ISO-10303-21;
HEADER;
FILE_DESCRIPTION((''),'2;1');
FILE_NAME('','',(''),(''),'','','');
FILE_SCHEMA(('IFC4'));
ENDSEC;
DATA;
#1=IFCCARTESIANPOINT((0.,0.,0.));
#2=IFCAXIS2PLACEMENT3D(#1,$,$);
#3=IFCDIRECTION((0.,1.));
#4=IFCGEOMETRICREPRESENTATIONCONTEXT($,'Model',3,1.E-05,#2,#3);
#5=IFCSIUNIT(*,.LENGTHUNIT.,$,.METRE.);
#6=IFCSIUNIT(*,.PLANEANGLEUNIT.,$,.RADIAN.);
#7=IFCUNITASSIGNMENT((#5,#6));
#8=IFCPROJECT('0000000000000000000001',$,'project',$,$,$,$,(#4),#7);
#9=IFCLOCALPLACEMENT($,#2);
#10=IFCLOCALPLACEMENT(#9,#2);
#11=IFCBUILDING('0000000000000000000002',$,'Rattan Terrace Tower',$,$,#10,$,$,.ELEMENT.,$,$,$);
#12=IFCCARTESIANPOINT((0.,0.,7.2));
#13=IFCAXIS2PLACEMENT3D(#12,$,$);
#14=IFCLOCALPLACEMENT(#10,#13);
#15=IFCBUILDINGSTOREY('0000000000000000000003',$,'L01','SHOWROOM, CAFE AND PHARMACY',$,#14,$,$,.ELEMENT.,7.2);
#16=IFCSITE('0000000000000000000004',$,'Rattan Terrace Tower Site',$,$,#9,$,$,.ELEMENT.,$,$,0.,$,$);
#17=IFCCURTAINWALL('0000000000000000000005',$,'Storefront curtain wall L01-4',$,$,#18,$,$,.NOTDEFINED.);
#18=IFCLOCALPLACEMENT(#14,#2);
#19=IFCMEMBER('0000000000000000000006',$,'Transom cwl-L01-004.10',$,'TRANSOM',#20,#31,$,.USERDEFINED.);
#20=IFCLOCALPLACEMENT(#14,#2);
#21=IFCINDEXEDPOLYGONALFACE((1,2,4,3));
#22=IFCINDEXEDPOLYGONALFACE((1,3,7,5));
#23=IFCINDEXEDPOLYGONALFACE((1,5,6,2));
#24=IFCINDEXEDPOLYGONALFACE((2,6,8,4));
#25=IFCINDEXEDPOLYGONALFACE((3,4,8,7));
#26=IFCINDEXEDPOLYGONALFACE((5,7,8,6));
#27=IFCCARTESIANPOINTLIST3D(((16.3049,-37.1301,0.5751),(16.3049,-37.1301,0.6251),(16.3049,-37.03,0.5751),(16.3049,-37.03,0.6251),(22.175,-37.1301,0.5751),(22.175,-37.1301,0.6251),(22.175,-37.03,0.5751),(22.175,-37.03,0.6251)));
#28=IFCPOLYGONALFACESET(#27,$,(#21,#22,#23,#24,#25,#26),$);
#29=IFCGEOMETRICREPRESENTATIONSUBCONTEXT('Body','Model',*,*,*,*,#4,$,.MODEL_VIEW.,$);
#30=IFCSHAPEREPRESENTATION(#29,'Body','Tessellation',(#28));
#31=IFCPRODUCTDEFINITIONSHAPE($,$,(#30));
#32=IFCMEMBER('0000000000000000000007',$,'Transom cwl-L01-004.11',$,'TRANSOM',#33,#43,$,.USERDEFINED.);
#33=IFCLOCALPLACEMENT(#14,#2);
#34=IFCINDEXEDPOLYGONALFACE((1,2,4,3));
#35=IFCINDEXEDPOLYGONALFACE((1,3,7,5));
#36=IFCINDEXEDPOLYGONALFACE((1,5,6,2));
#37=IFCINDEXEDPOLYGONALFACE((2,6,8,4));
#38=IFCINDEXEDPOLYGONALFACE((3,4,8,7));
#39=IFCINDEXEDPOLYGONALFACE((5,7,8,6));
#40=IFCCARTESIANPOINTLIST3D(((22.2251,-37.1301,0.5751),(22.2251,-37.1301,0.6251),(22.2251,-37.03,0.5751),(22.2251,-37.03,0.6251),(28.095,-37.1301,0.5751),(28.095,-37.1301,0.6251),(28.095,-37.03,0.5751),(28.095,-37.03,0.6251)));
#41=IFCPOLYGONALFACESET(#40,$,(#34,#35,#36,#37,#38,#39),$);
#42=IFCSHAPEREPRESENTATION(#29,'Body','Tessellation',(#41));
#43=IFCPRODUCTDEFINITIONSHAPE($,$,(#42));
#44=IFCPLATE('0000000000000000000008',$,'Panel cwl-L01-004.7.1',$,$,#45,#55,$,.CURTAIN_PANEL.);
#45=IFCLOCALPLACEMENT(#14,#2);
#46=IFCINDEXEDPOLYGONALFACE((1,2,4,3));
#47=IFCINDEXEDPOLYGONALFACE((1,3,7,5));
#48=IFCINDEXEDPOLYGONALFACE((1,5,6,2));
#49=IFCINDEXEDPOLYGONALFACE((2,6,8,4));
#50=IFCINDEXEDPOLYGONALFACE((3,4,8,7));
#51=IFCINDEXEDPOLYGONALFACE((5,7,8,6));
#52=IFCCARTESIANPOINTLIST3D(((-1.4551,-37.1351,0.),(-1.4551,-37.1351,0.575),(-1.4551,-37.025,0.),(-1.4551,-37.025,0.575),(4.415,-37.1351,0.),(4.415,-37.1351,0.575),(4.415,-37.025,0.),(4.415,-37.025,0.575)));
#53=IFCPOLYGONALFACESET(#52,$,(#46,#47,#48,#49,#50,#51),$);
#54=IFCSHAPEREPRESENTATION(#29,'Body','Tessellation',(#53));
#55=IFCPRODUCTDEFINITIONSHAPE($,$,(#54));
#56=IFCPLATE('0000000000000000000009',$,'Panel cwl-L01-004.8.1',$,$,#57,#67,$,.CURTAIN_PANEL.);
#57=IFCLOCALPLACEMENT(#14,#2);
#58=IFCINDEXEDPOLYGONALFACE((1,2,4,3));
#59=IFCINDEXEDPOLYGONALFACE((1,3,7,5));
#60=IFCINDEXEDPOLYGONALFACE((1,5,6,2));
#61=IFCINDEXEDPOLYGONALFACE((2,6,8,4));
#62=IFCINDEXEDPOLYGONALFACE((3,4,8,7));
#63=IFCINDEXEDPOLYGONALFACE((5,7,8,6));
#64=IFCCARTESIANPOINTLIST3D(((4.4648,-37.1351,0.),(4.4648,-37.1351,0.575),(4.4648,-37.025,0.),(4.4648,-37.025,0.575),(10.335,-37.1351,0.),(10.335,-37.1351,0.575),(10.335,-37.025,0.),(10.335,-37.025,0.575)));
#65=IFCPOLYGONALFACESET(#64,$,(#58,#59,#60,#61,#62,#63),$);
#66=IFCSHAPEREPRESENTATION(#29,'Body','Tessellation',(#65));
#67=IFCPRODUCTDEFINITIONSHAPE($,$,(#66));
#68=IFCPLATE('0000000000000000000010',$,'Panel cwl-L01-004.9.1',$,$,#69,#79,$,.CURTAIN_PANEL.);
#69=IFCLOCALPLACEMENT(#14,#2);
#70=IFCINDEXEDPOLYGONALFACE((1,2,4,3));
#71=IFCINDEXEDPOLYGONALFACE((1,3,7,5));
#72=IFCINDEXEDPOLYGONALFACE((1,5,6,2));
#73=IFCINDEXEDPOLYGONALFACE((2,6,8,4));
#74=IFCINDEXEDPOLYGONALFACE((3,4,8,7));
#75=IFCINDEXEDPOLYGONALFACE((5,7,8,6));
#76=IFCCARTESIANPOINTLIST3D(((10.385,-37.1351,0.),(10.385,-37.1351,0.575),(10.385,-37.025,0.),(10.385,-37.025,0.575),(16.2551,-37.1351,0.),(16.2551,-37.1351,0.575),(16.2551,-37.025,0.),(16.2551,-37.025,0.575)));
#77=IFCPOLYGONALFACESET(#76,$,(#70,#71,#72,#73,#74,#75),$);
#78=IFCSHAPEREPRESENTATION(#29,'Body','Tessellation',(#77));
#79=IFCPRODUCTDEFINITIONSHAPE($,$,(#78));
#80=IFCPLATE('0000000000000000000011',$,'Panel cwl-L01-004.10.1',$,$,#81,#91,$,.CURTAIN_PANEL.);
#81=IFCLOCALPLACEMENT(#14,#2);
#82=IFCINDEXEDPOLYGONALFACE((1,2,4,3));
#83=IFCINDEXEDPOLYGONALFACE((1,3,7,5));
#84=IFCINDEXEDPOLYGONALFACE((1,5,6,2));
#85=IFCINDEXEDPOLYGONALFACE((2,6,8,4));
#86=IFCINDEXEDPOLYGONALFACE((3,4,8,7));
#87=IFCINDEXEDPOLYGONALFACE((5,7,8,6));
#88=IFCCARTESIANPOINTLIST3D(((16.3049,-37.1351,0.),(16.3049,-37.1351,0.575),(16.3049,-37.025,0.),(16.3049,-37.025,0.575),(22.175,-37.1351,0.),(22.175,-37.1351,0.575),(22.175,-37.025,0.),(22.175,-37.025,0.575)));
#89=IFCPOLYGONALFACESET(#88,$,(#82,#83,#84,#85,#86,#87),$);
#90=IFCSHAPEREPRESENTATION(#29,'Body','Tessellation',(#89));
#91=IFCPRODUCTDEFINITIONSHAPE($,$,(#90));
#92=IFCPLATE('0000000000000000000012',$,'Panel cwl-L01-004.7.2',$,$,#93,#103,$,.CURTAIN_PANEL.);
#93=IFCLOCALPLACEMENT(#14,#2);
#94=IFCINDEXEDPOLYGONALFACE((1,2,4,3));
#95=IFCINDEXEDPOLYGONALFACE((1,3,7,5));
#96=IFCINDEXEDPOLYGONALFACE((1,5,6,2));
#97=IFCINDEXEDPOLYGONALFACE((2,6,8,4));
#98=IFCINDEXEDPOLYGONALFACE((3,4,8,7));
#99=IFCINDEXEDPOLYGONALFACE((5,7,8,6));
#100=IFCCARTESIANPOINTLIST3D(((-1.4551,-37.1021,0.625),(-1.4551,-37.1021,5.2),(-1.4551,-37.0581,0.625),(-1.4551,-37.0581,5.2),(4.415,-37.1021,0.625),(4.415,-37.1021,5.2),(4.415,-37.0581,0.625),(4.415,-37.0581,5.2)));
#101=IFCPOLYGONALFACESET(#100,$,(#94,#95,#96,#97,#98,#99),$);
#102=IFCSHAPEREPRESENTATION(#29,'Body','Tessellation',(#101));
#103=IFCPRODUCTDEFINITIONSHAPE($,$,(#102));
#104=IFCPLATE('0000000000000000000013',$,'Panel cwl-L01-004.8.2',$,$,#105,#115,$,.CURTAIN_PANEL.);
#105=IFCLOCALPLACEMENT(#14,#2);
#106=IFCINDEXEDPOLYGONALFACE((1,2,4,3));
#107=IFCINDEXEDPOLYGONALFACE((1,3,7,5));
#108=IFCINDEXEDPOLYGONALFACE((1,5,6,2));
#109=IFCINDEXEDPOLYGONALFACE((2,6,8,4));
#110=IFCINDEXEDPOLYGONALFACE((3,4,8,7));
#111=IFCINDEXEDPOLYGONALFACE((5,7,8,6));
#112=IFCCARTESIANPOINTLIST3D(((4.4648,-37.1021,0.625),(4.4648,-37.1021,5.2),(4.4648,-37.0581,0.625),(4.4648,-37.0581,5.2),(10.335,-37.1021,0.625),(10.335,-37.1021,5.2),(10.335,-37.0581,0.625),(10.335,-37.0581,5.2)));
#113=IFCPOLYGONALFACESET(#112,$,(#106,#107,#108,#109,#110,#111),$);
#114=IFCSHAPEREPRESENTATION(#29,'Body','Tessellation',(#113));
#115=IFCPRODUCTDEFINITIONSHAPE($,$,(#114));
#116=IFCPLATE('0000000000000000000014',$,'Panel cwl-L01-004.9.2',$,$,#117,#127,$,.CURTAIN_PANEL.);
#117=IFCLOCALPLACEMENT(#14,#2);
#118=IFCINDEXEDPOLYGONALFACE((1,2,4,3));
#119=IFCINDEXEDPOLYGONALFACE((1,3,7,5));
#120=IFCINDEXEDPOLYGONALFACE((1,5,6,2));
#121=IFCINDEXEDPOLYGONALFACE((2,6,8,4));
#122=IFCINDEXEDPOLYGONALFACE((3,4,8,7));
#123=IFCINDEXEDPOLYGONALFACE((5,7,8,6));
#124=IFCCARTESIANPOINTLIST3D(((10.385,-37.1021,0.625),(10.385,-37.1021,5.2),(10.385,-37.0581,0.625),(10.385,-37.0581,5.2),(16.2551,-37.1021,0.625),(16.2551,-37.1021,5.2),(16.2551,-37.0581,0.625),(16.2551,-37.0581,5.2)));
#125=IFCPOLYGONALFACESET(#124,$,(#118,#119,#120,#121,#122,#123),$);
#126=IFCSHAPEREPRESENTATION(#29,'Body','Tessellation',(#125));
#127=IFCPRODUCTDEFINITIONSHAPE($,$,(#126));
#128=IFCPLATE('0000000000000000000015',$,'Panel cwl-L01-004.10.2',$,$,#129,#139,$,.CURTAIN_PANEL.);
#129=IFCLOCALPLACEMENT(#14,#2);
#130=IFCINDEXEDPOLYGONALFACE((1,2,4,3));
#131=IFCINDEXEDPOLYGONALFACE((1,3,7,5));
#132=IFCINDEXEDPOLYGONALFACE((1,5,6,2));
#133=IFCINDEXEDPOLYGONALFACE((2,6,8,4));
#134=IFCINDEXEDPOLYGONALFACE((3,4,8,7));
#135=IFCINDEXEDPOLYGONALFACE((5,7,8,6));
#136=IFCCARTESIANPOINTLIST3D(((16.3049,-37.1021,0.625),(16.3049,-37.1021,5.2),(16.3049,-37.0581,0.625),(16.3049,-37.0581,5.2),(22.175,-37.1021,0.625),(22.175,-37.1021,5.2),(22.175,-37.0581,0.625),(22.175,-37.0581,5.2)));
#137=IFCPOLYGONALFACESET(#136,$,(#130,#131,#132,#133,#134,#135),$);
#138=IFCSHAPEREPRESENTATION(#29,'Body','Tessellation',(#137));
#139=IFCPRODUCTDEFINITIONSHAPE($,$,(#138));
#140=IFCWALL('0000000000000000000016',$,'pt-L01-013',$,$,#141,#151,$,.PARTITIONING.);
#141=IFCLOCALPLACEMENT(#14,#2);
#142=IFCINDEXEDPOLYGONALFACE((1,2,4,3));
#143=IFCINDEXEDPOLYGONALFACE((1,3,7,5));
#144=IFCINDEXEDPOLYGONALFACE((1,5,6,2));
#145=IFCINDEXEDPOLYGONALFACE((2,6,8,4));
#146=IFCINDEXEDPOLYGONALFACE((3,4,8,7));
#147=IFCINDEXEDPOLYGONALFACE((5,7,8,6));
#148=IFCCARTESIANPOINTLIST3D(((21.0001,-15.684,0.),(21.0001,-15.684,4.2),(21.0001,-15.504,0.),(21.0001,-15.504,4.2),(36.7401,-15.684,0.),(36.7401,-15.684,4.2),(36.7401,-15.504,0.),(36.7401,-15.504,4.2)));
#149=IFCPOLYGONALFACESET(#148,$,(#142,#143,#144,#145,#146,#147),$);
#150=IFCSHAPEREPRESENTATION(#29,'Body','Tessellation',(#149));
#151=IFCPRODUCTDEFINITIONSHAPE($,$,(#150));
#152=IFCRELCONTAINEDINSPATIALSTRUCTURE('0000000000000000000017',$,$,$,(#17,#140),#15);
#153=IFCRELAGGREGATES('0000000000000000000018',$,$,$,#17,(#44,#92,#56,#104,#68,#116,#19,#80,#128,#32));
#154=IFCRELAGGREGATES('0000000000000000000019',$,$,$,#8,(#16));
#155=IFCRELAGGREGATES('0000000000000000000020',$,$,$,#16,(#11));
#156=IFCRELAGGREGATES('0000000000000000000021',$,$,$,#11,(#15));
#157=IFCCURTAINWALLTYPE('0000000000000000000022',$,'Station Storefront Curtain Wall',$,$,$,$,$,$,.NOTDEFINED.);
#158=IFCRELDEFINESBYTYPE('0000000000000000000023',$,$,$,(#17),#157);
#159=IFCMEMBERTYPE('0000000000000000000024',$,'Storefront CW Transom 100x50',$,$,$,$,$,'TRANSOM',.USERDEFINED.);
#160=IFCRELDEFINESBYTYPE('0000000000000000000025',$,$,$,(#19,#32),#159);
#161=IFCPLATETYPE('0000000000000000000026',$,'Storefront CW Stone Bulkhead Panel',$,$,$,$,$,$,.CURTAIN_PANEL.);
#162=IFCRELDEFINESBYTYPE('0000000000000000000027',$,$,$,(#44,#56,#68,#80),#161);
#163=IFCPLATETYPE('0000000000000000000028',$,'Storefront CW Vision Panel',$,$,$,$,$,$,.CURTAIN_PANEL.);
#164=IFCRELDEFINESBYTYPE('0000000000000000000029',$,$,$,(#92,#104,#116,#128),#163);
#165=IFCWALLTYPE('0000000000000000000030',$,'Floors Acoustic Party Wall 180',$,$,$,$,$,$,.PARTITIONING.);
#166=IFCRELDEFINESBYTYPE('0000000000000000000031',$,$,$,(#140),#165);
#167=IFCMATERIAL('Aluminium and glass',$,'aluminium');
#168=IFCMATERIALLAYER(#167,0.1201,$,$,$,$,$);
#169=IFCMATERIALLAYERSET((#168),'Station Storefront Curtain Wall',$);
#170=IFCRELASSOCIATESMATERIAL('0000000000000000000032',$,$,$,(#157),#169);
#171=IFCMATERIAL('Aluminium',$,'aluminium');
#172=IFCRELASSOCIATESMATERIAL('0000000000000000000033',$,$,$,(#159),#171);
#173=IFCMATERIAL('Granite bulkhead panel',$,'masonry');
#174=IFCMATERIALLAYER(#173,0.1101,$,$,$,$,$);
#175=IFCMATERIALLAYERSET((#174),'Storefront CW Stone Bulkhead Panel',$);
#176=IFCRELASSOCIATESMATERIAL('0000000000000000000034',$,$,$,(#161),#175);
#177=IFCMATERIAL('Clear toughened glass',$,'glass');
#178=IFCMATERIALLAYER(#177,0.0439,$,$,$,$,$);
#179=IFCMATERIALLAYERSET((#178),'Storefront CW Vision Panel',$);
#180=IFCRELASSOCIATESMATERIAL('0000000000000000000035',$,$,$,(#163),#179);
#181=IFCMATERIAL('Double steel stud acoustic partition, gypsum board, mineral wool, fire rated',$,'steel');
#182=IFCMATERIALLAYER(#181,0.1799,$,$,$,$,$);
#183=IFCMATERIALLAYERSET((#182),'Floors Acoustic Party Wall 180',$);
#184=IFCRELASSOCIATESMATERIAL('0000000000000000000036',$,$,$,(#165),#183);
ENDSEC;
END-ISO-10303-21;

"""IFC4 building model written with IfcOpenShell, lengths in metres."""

from ifc_helpers import new_model, si_unit, direction, frame, frame_2d, origin, origin_2d, place, context, subcontext, project, spatial, rectangle, extrude, material, layer, layer_set, material_profile, profile_set, type_object, element, aggregate, save


model = new_model("IFC4")

# Units and contexts
model_context = context("Model", 3, precision=1e-05, world=origin(), true_north=direction((0.0, 1.0)))
body_context = subcontext(model_context, "Body", "Model", "MODEL_VIEW")
ifc_project = project(units=[si_unit("LENGTHUNIT", "METRE"), si_unit("PLANEANGLEUNIT", "RADIAN")], contexts=[model_context])

# Site, building, storey
site_placement = place(None, origin())
site = spatial("IfcSite", under=ifc_project, at=site_placement, Name="Rattan Terrace Tower Site", CompositionType="ELEMENT", RefElevation=0.0)
building_placement = place(site_placement, origin())
building = spatial("IfcBuilding", under=site, at=building_placement, Name="Rattan Terrace Tower", CompositionType="ELEMENT")
storey_placement = place(building_placement, frame((0.0, 0.0, 7.2)))
storey = spatial("IfcBuildingStorey", under=building, at=storey_placement, Name="L01", Description="SHOWROOM, CAFE AND PHARMACY", CompositionType="ELEMENT", Elevation=7.2)

# Curtain wall, members, plates
ifc_material_1 = material(Name="Aluminium and glass", Category="aluminium")
ifc_layer_1 = layer(ifc_material_1, 0.1201)
ifc_layer_set_1 = layer_set([ifc_layer_1], Name="Station Storefront Curtain Wall")
curtain_wall_type = type_object("IfcCurtainWallType", Name="Station Storefront Curtain Wall", PredefinedType="NOTDEFINED", material=ifc_layer_set_1)
curtain_wall_placement = place(storey_placement, origin())
curtain_wall = element("IfcCurtainWall", 1, at=curtain_wall_placement, inside=storey, type_object=curtain_wall_type, Name="Storefront curtain wall L01-4", PredefinedType="NOTDEFINED")
ifc_material_2 = material(Name="Aluminium", Category="aluminium")
ifc_material_profile_1 = material_profile(ifc_material_2, rectangle(XDim=0.1001, YDim=0.05, at=origin_2d()), Name="Aluminium 100x50")
ifc_profile_set_1 = profile_set([ifc_material_profile_1], Name="Aluminium")
member_type_1 = type_object("IfcMemberType", Name="Storefront CW Transom 100x50", ElementType="TRANSOM", PredefinedType="USERDEFINED", material=ifc_profile_set_1)
member_1_placement = place(storey_placement, frame((16.3049, -37.0801, 0.6001), z_axis=(1.0, 0.0, 0.0), x_axis=(0.0, 1.0, 0.0)))
member_1 = element("IfcMember", 2, at=member_1_placement, type_object=member_type_1, Name="Transom cwl-L01-004.10", ObjectType="TRANSOM", PredefinedType="USERDEFINED", context=body_context, shape_type="SweptSolid", body=[
    extrude(rectangle(XDim=0.1001, YDim=0.05, at=origin_2d()), origin(), (0.0, 0.0, 1.0), 5.8701),
])
member_2_placement = place(storey_placement, frame((22.2251, -37.0801, 0.6001), z_axis=(1.0, 0.0, 0.0), x_axis=(0.0, 1.0, 0.0)))
member_2 = element("IfcMember", 3, at=member_2_placement, type_object=member_type_1, Name="Transom cwl-L01-004.11", ObjectType="TRANSOM", PredefinedType="USERDEFINED", context=body_context, shape_type="SweptSolid", body=[
    extrude(rectangle(XDim=0.1001, YDim=0.05, at=origin_2d()), origin(), (0.0, 0.0, 1.0), 5.8699),
])
ifc_material_3 = material(Name="Granite bulkhead panel", Category="masonry")
ifc_layer_2 = layer(ifc_material_3, 0.1101)
ifc_layer_set_2 = layer_set([ifc_layer_2], Name="Storefront CW Stone Bulkhead Panel")
plate_type_1 = type_object("IfcPlateType", Name="Storefront CW Stone Bulkhead Panel", PredefinedType="CURTAIN_PANEL", material=ifc_layer_set_2)
plate_1_placement = place(storey_placement, frame((1.48, -37.0801, 0.0), z_axis=(0.0, 0.0, 1.0), x_axis=(1.0, 0.0, 0.0)))
plate_1 = element("IfcPlate", 4, at=plate_1_placement, type_object=plate_type_1, Name="Panel cwl-L01-004.7.1", PredefinedType="CURTAIN_PANEL", context=body_context, shape_type="SweptSolid", body=[
    extrude(rectangle(XDim=5.8701, YDim=0.1101, at=origin_2d()), origin(), (0.0, 0.0, 1.0), 0.575),
])
plate_2_placement = place(storey_placement, frame((7.3999, -37.0801, 0.0), z_axis=(0.0, 0.0, 1.0), x_axis=(1.0, 0.0, 0.0)))
plate_2 = element("IfcPlate", 5, at=plate_2_placement, type_object=plate_type_1, Name="Panel cwl-L01-004.8.1", PredefinedType="CURTAIN_PANEL", context=body_context, shape_type="SweptSolid", body=[
    extrude(rectangle(XDim=5.8701, YDim=0.1101, at=origin_2d()), origin(), (0.0, 0.0, 1.0), 0.575),
])
plate_3_placement = place(storey_placement, frame((13.3201, -37.0801, 0.0), z_axis=(0.0, 0.0, 1.0), x_axis=(1.0, 0.0, 0.0)))
plate_3 = element("IfcPlate", 6, at=plate_3_placement, type_object=plate_type_1, Name="Panel cwl-L01-004.9.1", PredefinedType="CURTAIN_PANEL", context=body_context, shape_type="SweptSolid", body=[
    extrude(rectangle(XDim=5.8701, YDim=0.1101, at=origin_2d()), origin(), (0.0, 0.0, 1.0), 0.575),
])
plate_4_placement = place(storey_placement, frame((19.24, -37.0801, 0.0), z_axis=(0.0, 0.0, 1.0), x_axis=(1.0, 0.0, 0.0)))
plate_4 = element("IfcPlate", 7, at=plate_4_placement, type_object=plate_type_1, Name="Panel cwl-L01-004.10.1", PredefinedType="CURTAIN_PANEL", context=body_context, shape_type="SweptSolid", body=[
    extrude(rectangle(XDim=5.8701, YDim=0.1101, at=origin_2d()), origin(), (0.0, 0.0, 1.0), 0.575),
])
ifc_material_4 = material(Name="Clear toughened glass", Category="glass")
ifc_layer_3 = layer(ifc_material_4, 0.0439)
ifc_layer_set_3 = layer_set([ifc_layer_3], Name="Storefront CW Vision Panel")
plate_type_2 = type_object("IfcPlateType", Name="Storefront CW Vision Panel", PredefinedType="CURTAIN_PANEL", material=ifc_layer_set_3)
plate_5_placement = place(storey_placement, frame((1.48, -37.0801, 0.625), z_axis=(0.0, 0.0, 1.0), x_axis=(1.0, 0.0, 0.0)))
plate_5 = element("IfcPlate", 8, at=plate_5_placement, type_object=plate_type_2, Name="Panel cwl-L01-004.7.2", PredefinedType="CURTAIN_PANEL", context=body_context, shape_type="SweptSolid", body=[
    extrude(rectangle(XDim=5.8701, YDim=0.0439, at=origin_2d()), origin(), (0.0, 0.0, 1.0), 4.575),
])
plate_6_placement = place(storey_placement, frame((7.3999, -37.0801, 0.625), z_axis=(0.0, 0.0, 1.0), x_axis=(1.0, 0.0, 0.0)))
plate_6 = element("IfcPlate", 9, at=plate_6_placement, type_object=plate_type_2, Name="Panel cwl-L01-004.8.2", PredefinedType="CURTAIN_PANEL", context=body_context, shape_type="SweptSolid", body=[
    extrude(rectangle(XDim=5.8701, YDim=0.0439, at=origin_2d()), origin(), (0.0, 0.0, 1.0), 4.575),
])
plate_7_placement = place(storey_placement, frame((13.3201, -37.0801, 0.625), z_axis=(0.0, 0.0, 1.0), x_axis=(1.0, 0.0, 0.0)))
plate_7 = element("IfcPlate", 10, at=plate_7_placement, type_object=plate_type_2, Name="Panel cwl-L01-004.9.2", PredefinedType="CURTAIN_PANEL", context=body_context, shape_type="SweptSolid", body=[
    extrude(rectangle(XDim=5.8701, YDim=0.0439, at=origin_2d()), origin(), (0.0, 0.0, 1.0), 4.575),
])
plate_8_placement = place(storey_placement, frame((19.24, -37.0801, 0.625), z_axis=(0.0, 0.0, 1.0), x_axis=(1.0, 0.0, 0.0)))
plate_8 = element("IfcPlate", 11, at=plate_8_placement, type_object=plate_type_2, Name="Panel cwl-L01-004.10.2", PredefinedType="CURTAIN_PANEL", context=body_context, shape_type="SweptSolid", body=[
    extrude(rectangle(XDim=5.8701, YDim=0.0439, at=origin_2d()), origin(), (0.0, 0.0, 1.0), 4.575),
])
aggregate(curtain_wall, [plate_1, plate_5, plate_2, plate_6, plate_3, plate_7, member_1, plate_4, plate_8, member_2])

# Wall
ifc_material_5 = material(Name="Double steel stud acoustic partition, gypsum board, mineral wool, fire rated", Category="steel")
ifc_layer_4 = layer(ifc_material_5, 0.1799)
ifc_layer_set_4 = layer_set([ifc_layer_4], Name="Floors Acoustic Party Wall 180")
wall_type = type_object("IfcWallType", Name="Floors Acoustic Party Wall 180", PredefinedType="PARTITIONING", material=ifc_layer_set_4)
wall_placement = place(storey_placement, frame((21.0, -15.594, 0.0), z_axis=(0.0, 0.0, 1.0), x_axis=(1.0, 0.0, 0.0)))
element("IfcWall", 12, at=wall_placement, inside=storey, type_object=wall_type, Name="pt-L01-013", PredefinedType="PARTITIONING", context=body_context, shape_type="SweptSolid", body=[
    extrude(rectangle(XDim=15.74, YDim=0.1799, at=frame_2d((7.8701, 0.0))), origin(), (0.0, 0.0, 1.0), 4.2),
])

save(model, "model.ifc")
